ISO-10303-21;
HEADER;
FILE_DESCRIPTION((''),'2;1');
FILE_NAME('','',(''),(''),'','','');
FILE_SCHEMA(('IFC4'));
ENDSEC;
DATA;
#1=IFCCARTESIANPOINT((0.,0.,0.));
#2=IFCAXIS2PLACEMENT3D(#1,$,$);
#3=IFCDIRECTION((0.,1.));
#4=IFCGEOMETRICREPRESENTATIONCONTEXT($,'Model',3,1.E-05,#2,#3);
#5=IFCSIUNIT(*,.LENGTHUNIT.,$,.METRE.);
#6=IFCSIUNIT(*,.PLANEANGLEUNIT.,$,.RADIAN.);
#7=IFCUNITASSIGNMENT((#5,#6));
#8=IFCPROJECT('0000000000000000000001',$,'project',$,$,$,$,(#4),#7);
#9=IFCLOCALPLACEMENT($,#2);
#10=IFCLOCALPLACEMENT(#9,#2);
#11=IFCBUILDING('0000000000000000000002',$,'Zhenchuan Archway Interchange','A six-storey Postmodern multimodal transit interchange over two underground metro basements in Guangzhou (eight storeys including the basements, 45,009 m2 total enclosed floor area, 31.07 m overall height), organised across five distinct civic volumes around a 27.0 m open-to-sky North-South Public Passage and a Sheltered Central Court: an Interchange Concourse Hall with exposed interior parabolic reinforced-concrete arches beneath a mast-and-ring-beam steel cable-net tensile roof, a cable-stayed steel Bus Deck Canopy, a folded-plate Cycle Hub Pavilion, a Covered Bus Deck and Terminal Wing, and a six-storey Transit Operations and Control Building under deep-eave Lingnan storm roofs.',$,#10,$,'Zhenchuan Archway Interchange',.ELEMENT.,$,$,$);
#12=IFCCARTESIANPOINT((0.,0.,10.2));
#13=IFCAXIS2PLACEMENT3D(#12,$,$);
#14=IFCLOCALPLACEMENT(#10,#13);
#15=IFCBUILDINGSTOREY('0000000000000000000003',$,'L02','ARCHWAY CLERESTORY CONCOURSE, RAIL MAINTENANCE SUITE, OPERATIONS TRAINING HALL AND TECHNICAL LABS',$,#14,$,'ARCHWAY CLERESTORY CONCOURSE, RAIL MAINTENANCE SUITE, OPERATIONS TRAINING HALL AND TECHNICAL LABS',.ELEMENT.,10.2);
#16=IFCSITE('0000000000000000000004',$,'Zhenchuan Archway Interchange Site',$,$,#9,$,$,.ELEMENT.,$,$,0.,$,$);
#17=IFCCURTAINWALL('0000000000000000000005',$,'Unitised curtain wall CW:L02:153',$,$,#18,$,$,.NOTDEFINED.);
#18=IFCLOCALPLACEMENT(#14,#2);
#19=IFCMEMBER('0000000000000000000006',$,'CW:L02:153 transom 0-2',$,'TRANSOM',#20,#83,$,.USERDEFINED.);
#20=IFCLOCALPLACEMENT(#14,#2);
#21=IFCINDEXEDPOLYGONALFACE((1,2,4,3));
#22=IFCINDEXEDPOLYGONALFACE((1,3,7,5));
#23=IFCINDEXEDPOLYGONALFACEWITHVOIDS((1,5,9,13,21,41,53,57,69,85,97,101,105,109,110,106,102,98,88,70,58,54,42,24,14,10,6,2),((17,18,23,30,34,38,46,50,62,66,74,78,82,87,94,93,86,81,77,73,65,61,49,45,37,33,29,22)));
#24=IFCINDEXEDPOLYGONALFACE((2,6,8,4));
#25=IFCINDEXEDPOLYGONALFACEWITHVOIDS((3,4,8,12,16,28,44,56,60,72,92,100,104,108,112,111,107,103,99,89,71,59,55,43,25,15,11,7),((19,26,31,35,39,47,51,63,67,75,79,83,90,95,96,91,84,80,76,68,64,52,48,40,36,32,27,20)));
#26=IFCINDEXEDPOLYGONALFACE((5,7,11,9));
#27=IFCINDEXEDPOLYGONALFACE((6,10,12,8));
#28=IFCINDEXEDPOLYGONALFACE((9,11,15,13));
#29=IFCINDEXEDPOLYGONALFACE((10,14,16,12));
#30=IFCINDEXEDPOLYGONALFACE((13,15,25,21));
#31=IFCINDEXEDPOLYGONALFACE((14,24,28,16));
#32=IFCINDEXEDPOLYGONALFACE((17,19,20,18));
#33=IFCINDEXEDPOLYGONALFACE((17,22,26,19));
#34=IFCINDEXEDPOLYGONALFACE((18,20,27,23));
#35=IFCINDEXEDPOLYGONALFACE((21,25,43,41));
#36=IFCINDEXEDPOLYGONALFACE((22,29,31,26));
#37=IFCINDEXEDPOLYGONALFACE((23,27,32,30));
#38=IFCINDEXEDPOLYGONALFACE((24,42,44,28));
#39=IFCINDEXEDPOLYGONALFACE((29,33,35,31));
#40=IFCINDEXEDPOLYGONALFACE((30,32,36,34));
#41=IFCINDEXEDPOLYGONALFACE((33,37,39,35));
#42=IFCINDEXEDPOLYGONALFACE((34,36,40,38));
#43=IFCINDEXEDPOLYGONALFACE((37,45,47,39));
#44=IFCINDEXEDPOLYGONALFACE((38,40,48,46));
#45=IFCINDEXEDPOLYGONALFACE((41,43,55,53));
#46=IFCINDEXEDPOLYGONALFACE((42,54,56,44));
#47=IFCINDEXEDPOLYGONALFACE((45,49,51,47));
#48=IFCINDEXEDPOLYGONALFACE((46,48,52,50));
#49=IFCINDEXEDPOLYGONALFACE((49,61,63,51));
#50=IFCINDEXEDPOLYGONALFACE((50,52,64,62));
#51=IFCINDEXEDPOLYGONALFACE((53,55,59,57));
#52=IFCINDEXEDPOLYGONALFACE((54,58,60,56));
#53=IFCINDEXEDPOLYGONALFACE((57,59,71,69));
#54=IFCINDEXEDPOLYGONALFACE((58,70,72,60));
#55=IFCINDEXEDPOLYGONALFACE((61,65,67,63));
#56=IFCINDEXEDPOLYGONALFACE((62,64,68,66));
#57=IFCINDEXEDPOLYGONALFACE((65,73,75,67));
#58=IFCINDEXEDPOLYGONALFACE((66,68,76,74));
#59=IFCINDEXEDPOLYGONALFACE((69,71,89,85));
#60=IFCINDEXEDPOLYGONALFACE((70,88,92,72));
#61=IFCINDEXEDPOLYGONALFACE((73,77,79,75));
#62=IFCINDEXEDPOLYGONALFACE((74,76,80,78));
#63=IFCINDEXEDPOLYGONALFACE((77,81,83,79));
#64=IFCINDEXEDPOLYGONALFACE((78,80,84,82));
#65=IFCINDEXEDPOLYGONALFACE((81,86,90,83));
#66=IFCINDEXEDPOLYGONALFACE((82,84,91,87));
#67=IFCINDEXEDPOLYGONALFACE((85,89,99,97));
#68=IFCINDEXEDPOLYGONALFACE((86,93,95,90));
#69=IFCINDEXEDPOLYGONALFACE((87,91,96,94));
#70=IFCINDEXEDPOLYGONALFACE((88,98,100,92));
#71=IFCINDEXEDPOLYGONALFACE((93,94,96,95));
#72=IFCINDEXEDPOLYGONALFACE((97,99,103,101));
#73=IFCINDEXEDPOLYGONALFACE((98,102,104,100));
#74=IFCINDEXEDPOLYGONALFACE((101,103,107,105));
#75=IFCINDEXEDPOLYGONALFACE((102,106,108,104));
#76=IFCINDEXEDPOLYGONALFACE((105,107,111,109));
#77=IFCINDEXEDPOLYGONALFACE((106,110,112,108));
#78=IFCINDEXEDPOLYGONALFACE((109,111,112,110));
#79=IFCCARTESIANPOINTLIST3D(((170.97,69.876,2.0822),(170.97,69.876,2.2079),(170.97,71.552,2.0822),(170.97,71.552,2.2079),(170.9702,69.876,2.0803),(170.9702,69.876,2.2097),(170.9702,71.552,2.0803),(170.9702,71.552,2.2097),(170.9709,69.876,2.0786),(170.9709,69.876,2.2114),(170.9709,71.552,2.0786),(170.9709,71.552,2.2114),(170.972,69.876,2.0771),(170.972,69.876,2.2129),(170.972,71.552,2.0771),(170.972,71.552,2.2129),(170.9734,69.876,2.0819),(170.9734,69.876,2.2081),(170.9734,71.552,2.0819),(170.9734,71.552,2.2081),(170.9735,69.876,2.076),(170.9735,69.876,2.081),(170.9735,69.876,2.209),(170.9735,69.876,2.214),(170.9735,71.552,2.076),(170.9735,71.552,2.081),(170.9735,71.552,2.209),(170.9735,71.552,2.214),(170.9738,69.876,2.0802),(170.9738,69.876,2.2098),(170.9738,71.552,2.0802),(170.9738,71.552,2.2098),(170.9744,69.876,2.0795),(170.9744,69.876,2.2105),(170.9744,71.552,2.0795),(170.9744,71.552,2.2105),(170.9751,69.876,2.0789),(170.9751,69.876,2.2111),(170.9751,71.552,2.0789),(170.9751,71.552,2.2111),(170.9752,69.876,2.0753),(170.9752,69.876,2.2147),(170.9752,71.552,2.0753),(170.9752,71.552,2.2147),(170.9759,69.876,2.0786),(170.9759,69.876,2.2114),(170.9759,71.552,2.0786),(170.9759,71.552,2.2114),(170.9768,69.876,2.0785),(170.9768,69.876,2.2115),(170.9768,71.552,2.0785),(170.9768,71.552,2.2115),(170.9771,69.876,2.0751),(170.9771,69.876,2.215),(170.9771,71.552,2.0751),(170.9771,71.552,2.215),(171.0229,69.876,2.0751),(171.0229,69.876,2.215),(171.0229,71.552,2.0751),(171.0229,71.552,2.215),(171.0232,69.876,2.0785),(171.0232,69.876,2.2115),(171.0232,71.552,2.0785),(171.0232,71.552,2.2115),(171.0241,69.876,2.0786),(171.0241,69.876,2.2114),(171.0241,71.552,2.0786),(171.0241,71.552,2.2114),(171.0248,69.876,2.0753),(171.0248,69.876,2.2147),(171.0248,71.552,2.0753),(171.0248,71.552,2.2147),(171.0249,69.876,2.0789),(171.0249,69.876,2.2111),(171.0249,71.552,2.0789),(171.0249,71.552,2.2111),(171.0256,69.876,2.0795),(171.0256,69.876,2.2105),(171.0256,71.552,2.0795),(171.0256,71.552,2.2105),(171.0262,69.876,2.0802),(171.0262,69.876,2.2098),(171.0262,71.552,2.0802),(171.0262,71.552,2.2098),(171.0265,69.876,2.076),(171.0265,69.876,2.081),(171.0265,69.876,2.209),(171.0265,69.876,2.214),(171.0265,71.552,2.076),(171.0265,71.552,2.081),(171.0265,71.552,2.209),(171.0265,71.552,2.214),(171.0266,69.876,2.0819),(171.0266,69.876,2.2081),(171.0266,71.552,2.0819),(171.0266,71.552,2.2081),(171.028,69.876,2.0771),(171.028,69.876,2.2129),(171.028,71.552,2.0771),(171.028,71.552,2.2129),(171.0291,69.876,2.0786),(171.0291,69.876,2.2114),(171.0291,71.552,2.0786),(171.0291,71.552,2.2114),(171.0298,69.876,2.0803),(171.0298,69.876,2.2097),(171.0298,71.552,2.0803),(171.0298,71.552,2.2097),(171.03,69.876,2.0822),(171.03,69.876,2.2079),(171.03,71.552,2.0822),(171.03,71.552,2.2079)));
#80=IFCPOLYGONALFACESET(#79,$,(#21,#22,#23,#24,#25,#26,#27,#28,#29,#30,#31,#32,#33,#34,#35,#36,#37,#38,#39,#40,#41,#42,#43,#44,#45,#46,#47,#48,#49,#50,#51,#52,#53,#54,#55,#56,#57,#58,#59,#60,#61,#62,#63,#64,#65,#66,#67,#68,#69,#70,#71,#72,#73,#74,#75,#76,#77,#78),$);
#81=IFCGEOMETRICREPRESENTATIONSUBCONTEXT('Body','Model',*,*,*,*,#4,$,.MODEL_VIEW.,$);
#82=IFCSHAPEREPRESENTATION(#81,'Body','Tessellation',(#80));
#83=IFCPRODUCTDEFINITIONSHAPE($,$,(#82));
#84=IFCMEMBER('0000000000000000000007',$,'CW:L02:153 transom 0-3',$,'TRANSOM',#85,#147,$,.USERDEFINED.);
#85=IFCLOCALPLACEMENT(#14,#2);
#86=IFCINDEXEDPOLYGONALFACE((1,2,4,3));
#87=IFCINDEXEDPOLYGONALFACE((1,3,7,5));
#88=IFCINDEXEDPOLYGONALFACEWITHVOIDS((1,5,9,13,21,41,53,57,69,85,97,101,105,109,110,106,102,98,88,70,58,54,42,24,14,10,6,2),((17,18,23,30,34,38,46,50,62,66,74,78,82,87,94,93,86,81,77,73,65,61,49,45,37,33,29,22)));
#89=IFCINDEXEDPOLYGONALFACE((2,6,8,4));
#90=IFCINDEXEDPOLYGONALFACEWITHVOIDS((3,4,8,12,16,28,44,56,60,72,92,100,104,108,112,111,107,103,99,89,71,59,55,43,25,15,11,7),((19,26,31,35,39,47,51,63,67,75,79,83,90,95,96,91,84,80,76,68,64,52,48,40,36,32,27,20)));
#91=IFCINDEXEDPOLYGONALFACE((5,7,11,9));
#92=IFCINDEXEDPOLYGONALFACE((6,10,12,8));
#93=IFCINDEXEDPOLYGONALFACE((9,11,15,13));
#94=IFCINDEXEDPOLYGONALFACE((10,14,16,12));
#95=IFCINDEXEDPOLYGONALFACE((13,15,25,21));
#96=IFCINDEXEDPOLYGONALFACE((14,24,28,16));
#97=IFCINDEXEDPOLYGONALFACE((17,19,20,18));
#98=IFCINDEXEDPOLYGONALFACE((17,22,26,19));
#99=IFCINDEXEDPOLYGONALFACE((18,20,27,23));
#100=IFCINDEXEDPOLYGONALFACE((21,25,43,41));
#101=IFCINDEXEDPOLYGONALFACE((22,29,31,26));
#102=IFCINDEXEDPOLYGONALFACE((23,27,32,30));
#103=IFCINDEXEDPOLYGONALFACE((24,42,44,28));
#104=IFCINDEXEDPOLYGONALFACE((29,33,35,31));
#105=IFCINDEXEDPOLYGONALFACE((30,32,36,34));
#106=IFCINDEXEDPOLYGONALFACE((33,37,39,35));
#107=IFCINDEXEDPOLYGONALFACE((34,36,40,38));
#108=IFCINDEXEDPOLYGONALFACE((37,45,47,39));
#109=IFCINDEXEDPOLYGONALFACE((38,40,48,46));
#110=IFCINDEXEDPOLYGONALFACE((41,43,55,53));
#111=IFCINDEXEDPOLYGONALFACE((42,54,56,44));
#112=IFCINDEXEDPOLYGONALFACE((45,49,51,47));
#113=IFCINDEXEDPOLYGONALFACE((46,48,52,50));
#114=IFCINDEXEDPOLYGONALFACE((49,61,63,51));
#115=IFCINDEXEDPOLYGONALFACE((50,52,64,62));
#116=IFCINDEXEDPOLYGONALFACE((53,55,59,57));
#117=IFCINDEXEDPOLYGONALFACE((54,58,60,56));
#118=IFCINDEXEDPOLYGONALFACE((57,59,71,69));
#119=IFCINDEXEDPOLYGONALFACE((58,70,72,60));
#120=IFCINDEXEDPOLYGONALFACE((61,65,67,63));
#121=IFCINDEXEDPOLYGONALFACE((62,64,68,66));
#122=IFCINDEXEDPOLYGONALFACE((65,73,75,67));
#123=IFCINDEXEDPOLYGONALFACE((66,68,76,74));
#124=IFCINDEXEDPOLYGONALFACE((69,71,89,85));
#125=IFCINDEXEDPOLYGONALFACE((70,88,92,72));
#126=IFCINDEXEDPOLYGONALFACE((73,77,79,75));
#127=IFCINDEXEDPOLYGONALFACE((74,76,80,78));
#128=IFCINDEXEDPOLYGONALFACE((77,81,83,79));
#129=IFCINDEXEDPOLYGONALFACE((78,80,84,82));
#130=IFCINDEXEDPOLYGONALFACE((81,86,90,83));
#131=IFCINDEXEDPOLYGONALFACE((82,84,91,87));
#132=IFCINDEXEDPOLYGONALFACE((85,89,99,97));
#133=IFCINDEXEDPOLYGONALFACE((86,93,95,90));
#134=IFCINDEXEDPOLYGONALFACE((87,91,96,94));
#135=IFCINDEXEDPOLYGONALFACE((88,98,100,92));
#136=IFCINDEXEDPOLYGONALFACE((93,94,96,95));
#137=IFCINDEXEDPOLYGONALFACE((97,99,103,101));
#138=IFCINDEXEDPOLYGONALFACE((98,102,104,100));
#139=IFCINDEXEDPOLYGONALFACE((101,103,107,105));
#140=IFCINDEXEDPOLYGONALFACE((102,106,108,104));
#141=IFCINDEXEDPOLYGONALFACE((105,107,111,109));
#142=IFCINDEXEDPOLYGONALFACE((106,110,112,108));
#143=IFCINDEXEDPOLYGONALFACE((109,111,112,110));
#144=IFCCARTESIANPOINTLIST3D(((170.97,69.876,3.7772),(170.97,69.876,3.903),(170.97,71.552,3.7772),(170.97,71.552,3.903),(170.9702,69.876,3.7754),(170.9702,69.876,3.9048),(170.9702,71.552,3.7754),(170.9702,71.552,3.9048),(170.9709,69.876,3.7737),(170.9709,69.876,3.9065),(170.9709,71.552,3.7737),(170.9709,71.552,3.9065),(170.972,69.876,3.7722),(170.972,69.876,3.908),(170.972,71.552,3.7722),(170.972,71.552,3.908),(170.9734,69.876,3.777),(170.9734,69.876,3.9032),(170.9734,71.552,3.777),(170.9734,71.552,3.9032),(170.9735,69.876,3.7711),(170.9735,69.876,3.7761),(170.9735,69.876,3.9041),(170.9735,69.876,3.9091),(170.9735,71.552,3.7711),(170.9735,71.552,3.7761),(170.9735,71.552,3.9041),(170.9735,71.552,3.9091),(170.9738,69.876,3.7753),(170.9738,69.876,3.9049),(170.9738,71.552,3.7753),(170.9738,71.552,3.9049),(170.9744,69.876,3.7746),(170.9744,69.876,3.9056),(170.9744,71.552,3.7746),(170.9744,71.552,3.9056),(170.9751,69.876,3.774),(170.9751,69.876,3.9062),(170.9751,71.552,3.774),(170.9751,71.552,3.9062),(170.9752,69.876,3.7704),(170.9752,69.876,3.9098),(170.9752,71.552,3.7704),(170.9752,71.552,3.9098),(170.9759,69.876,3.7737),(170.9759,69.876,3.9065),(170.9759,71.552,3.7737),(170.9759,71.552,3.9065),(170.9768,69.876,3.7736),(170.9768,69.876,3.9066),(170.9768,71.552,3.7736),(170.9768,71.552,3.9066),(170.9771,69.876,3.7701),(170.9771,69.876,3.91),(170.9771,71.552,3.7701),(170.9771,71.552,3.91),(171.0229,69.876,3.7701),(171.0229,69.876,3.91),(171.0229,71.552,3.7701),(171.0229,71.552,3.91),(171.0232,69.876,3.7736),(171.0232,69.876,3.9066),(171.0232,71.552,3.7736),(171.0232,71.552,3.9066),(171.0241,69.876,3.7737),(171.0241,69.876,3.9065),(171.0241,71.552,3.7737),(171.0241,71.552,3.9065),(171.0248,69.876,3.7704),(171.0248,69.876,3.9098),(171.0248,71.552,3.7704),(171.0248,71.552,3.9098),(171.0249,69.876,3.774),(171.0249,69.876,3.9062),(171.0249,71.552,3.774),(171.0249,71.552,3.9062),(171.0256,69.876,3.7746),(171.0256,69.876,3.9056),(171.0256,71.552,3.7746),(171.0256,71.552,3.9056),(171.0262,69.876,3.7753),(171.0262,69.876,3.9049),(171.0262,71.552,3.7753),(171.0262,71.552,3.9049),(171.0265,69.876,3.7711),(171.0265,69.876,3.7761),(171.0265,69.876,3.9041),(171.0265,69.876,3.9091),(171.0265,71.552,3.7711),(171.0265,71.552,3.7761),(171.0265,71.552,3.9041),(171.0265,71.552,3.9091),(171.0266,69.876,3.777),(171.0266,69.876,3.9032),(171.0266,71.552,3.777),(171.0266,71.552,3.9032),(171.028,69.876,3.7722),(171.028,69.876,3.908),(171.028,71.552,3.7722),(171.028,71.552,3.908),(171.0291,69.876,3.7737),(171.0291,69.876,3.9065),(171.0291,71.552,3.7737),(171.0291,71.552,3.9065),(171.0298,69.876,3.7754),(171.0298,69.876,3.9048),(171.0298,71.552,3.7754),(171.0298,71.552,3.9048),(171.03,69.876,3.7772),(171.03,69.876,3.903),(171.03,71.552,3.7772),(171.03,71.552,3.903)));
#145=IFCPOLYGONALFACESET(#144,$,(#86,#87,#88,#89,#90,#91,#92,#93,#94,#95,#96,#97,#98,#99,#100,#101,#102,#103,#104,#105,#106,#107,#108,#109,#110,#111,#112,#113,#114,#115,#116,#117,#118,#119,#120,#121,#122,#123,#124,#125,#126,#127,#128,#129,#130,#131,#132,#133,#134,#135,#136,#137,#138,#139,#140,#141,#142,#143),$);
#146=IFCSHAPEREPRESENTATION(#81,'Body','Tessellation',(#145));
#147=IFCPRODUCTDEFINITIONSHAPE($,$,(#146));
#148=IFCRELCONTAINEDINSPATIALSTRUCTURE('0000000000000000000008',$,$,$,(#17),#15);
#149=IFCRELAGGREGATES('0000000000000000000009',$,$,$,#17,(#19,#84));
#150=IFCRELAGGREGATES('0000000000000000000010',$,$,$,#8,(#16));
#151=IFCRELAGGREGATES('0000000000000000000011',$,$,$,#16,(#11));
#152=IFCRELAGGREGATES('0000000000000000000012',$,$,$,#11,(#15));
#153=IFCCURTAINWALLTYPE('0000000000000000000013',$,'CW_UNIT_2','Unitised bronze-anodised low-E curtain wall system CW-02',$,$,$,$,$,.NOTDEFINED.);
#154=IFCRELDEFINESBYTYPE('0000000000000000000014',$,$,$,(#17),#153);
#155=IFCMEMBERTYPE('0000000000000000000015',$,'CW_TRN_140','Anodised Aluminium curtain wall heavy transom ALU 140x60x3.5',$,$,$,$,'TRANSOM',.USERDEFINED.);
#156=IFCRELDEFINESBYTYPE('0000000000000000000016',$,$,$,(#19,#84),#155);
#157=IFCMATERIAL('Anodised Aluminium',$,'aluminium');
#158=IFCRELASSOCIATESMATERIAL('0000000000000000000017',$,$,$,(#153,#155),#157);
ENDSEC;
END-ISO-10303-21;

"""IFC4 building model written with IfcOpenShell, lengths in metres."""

from ifc_helpers import new_model, si_unit, direction, frame, origin, origin_2d, place, context, subcontext, project, spatial, hollow_rectangle, extrude, material, material_profile, profile_set, type_object, element, aggregate, save


model = new_model("IFC4")

# Units and contexts
model_context = context("Model", 3, precision=1e-05, world=origin(), true_north=direction((0.0, 1.0)))
body_context = subcontext(model_context, "Body", "Model", "MODEL_VIEW")
ifc_project = project(units=[si_unit("LENGTHUNIT", "METRE"), si_unit("PLANEANGLEUNIT", "RADIAN")], contexts=[model_context])

# Site, building, storey
site_placement = place(None, origin())
site = spatial("IfcSite", under=ifc_project, at=site_placement, Name="Zhenchuan Archway Interchange Site", CompositionType="ELEMENT", RefElevation=0.0)
building_placement = place(site_placement, origin())
building = spatial("IfcBuilding", under=site, at=building_placement, Name="Zhenchuan Archway Interchange", Description="A six-storey Postmodern multimodal transit interchange over two underground metro basements in Guangzhou (eight storeys including the basements, 45,009 m2 total enclosed floor area, 31.07 m overall height), organised across five distinct civic volumes around a 27.0 m open-to-sky North-South Public Passage and a Sheltered Central Court: an Interchange Concourse Hall with exposed interior parabolic reinforced-concrete arches beneath a mast-and-ring-beam steel cable-net tensile roof, a cable-stayed steel Bus Deck Canopy, a folded-plate Cycle Hub Pavilion, a Covered Bus Deck and Terminal Wing, and a six-storey Transit Operations and Control Building under deep-eave Lingnan storm roofs.", LongName="Zhenchuan Archway Interchange", CompositionType="ELEMENT")
storey_placement = place(building_placement, frame((0.0, 0.0, 10.2)))
storey = spatial("IfcBuildingStorey", under=building, at=storey_placement, Name="L02", Description="ARCHWAY CLERESTORY CONCOURSE, RAIL MAINTENANCE SUITE, OPERATIONS TRAINING HALL AND TECHNICAL LABS", LongName="ARCHWAY CLERESTORY CONCOURSE, RAIL MAINTENANCE SUITE, OPERATIONS TRAINING HALL AND TECHNICAL LABS", CompositionType="ELEMENT", Elevation=10.2)

# Curtain wall, members
ifc_material_1 = material(Name="Anodised Aluminium", Category="aluminium")
curtain_wall_type = type_object("IfcCurtainWallType", Name="CW_UNIT_2", Description="Unitised bronze-anodised low-E curtain wall system CW-02", PredefinedType="NOTDEFINED", material=ifc_material_1)
curtain_wall_placement = place(storey_placement, origin())
curtain_wall = element("IfcCurtainWall", 1, at=curtain_wall_placement, inside=storey, type_object=curtain_wall_type, Name="Unitised curtain wall CW:L02:153", PredefinedType="NOTDEFINED")
ifc_material_profile_1 = material_profile(ifc_material_1, hollow_rectangle(XDim=0.0601, YDim=0.1399, WallThickness=0.0034, InnerFilletRadius=0.0034, OuterFilletRadius=0.0071, at=origin_2d()), Name="ALU 140x60x3.5")
ifc_profile_set_1 = profile_set([ifc_material_profile_1], Name="Anodised Aluminium")
member_type_1 = type_object("IfcMemberType", Name="CW_TRN_140", Description="Anodised Aluminium curtain wall heavy transom ALU 140x60x3.5", ElementType="TRANSOM", PredefinedType="USERDEFINED", material=ifc_profile_set_1)
member_1_placement = place(storey_placement, frame((171.0, 71.552, 2.145), z_axis=(0.0, -1.0, 0.0), x_axis=(1.0, 0.0, 0.0)))
member_1 = element("IfcMember", 2, at=member_1_placement, type_object=member_type_1, Name="CW:L02:153 transom 0-2", ObjectType="TRANSOM", PredefinedType="USERDEFINED", context=body_context, shape_type="SweptSolid", body=[
    extrude(hollow_rectangle(XDim=0.0601, YDim=0.1399, WallThickness=0.0034, InnerFilletRadius=0.0034, OuterFilletRadius=0.0071, at=origin_2d()), origin(), (0.0, 0.0, 1.0), 1.676),
])
member_2_placement = place(storey_placement, frame((171.0, 71.552, 3.8401), z_axis=(0.0, -1.0, 0.0), x_axis=(1.0, 0.0, 0.0)))
member_2 = element("IfcMember", 3, at=member_2_placement, type_object=member_type_1, Name="CW:L02:153 transom 0-3", ObjectType="TRANSOM", PredefinedType="USERDEFINED", context=body_context, shape_type="SweptSolid", body=[
    extrude(hollow_rectangle(XDim=0.0601, YDim=0.1399, WallThickness=0.0034, InnerFilletRadius=0.0034, OuterFilletRadius=0.0071, at=origin_2d()), origin(), (0.0, 0.0, 1.0), 1.676),
])

aggregate(curtain_wall, [member_1, member_2])

save(model, "model.ifc")
